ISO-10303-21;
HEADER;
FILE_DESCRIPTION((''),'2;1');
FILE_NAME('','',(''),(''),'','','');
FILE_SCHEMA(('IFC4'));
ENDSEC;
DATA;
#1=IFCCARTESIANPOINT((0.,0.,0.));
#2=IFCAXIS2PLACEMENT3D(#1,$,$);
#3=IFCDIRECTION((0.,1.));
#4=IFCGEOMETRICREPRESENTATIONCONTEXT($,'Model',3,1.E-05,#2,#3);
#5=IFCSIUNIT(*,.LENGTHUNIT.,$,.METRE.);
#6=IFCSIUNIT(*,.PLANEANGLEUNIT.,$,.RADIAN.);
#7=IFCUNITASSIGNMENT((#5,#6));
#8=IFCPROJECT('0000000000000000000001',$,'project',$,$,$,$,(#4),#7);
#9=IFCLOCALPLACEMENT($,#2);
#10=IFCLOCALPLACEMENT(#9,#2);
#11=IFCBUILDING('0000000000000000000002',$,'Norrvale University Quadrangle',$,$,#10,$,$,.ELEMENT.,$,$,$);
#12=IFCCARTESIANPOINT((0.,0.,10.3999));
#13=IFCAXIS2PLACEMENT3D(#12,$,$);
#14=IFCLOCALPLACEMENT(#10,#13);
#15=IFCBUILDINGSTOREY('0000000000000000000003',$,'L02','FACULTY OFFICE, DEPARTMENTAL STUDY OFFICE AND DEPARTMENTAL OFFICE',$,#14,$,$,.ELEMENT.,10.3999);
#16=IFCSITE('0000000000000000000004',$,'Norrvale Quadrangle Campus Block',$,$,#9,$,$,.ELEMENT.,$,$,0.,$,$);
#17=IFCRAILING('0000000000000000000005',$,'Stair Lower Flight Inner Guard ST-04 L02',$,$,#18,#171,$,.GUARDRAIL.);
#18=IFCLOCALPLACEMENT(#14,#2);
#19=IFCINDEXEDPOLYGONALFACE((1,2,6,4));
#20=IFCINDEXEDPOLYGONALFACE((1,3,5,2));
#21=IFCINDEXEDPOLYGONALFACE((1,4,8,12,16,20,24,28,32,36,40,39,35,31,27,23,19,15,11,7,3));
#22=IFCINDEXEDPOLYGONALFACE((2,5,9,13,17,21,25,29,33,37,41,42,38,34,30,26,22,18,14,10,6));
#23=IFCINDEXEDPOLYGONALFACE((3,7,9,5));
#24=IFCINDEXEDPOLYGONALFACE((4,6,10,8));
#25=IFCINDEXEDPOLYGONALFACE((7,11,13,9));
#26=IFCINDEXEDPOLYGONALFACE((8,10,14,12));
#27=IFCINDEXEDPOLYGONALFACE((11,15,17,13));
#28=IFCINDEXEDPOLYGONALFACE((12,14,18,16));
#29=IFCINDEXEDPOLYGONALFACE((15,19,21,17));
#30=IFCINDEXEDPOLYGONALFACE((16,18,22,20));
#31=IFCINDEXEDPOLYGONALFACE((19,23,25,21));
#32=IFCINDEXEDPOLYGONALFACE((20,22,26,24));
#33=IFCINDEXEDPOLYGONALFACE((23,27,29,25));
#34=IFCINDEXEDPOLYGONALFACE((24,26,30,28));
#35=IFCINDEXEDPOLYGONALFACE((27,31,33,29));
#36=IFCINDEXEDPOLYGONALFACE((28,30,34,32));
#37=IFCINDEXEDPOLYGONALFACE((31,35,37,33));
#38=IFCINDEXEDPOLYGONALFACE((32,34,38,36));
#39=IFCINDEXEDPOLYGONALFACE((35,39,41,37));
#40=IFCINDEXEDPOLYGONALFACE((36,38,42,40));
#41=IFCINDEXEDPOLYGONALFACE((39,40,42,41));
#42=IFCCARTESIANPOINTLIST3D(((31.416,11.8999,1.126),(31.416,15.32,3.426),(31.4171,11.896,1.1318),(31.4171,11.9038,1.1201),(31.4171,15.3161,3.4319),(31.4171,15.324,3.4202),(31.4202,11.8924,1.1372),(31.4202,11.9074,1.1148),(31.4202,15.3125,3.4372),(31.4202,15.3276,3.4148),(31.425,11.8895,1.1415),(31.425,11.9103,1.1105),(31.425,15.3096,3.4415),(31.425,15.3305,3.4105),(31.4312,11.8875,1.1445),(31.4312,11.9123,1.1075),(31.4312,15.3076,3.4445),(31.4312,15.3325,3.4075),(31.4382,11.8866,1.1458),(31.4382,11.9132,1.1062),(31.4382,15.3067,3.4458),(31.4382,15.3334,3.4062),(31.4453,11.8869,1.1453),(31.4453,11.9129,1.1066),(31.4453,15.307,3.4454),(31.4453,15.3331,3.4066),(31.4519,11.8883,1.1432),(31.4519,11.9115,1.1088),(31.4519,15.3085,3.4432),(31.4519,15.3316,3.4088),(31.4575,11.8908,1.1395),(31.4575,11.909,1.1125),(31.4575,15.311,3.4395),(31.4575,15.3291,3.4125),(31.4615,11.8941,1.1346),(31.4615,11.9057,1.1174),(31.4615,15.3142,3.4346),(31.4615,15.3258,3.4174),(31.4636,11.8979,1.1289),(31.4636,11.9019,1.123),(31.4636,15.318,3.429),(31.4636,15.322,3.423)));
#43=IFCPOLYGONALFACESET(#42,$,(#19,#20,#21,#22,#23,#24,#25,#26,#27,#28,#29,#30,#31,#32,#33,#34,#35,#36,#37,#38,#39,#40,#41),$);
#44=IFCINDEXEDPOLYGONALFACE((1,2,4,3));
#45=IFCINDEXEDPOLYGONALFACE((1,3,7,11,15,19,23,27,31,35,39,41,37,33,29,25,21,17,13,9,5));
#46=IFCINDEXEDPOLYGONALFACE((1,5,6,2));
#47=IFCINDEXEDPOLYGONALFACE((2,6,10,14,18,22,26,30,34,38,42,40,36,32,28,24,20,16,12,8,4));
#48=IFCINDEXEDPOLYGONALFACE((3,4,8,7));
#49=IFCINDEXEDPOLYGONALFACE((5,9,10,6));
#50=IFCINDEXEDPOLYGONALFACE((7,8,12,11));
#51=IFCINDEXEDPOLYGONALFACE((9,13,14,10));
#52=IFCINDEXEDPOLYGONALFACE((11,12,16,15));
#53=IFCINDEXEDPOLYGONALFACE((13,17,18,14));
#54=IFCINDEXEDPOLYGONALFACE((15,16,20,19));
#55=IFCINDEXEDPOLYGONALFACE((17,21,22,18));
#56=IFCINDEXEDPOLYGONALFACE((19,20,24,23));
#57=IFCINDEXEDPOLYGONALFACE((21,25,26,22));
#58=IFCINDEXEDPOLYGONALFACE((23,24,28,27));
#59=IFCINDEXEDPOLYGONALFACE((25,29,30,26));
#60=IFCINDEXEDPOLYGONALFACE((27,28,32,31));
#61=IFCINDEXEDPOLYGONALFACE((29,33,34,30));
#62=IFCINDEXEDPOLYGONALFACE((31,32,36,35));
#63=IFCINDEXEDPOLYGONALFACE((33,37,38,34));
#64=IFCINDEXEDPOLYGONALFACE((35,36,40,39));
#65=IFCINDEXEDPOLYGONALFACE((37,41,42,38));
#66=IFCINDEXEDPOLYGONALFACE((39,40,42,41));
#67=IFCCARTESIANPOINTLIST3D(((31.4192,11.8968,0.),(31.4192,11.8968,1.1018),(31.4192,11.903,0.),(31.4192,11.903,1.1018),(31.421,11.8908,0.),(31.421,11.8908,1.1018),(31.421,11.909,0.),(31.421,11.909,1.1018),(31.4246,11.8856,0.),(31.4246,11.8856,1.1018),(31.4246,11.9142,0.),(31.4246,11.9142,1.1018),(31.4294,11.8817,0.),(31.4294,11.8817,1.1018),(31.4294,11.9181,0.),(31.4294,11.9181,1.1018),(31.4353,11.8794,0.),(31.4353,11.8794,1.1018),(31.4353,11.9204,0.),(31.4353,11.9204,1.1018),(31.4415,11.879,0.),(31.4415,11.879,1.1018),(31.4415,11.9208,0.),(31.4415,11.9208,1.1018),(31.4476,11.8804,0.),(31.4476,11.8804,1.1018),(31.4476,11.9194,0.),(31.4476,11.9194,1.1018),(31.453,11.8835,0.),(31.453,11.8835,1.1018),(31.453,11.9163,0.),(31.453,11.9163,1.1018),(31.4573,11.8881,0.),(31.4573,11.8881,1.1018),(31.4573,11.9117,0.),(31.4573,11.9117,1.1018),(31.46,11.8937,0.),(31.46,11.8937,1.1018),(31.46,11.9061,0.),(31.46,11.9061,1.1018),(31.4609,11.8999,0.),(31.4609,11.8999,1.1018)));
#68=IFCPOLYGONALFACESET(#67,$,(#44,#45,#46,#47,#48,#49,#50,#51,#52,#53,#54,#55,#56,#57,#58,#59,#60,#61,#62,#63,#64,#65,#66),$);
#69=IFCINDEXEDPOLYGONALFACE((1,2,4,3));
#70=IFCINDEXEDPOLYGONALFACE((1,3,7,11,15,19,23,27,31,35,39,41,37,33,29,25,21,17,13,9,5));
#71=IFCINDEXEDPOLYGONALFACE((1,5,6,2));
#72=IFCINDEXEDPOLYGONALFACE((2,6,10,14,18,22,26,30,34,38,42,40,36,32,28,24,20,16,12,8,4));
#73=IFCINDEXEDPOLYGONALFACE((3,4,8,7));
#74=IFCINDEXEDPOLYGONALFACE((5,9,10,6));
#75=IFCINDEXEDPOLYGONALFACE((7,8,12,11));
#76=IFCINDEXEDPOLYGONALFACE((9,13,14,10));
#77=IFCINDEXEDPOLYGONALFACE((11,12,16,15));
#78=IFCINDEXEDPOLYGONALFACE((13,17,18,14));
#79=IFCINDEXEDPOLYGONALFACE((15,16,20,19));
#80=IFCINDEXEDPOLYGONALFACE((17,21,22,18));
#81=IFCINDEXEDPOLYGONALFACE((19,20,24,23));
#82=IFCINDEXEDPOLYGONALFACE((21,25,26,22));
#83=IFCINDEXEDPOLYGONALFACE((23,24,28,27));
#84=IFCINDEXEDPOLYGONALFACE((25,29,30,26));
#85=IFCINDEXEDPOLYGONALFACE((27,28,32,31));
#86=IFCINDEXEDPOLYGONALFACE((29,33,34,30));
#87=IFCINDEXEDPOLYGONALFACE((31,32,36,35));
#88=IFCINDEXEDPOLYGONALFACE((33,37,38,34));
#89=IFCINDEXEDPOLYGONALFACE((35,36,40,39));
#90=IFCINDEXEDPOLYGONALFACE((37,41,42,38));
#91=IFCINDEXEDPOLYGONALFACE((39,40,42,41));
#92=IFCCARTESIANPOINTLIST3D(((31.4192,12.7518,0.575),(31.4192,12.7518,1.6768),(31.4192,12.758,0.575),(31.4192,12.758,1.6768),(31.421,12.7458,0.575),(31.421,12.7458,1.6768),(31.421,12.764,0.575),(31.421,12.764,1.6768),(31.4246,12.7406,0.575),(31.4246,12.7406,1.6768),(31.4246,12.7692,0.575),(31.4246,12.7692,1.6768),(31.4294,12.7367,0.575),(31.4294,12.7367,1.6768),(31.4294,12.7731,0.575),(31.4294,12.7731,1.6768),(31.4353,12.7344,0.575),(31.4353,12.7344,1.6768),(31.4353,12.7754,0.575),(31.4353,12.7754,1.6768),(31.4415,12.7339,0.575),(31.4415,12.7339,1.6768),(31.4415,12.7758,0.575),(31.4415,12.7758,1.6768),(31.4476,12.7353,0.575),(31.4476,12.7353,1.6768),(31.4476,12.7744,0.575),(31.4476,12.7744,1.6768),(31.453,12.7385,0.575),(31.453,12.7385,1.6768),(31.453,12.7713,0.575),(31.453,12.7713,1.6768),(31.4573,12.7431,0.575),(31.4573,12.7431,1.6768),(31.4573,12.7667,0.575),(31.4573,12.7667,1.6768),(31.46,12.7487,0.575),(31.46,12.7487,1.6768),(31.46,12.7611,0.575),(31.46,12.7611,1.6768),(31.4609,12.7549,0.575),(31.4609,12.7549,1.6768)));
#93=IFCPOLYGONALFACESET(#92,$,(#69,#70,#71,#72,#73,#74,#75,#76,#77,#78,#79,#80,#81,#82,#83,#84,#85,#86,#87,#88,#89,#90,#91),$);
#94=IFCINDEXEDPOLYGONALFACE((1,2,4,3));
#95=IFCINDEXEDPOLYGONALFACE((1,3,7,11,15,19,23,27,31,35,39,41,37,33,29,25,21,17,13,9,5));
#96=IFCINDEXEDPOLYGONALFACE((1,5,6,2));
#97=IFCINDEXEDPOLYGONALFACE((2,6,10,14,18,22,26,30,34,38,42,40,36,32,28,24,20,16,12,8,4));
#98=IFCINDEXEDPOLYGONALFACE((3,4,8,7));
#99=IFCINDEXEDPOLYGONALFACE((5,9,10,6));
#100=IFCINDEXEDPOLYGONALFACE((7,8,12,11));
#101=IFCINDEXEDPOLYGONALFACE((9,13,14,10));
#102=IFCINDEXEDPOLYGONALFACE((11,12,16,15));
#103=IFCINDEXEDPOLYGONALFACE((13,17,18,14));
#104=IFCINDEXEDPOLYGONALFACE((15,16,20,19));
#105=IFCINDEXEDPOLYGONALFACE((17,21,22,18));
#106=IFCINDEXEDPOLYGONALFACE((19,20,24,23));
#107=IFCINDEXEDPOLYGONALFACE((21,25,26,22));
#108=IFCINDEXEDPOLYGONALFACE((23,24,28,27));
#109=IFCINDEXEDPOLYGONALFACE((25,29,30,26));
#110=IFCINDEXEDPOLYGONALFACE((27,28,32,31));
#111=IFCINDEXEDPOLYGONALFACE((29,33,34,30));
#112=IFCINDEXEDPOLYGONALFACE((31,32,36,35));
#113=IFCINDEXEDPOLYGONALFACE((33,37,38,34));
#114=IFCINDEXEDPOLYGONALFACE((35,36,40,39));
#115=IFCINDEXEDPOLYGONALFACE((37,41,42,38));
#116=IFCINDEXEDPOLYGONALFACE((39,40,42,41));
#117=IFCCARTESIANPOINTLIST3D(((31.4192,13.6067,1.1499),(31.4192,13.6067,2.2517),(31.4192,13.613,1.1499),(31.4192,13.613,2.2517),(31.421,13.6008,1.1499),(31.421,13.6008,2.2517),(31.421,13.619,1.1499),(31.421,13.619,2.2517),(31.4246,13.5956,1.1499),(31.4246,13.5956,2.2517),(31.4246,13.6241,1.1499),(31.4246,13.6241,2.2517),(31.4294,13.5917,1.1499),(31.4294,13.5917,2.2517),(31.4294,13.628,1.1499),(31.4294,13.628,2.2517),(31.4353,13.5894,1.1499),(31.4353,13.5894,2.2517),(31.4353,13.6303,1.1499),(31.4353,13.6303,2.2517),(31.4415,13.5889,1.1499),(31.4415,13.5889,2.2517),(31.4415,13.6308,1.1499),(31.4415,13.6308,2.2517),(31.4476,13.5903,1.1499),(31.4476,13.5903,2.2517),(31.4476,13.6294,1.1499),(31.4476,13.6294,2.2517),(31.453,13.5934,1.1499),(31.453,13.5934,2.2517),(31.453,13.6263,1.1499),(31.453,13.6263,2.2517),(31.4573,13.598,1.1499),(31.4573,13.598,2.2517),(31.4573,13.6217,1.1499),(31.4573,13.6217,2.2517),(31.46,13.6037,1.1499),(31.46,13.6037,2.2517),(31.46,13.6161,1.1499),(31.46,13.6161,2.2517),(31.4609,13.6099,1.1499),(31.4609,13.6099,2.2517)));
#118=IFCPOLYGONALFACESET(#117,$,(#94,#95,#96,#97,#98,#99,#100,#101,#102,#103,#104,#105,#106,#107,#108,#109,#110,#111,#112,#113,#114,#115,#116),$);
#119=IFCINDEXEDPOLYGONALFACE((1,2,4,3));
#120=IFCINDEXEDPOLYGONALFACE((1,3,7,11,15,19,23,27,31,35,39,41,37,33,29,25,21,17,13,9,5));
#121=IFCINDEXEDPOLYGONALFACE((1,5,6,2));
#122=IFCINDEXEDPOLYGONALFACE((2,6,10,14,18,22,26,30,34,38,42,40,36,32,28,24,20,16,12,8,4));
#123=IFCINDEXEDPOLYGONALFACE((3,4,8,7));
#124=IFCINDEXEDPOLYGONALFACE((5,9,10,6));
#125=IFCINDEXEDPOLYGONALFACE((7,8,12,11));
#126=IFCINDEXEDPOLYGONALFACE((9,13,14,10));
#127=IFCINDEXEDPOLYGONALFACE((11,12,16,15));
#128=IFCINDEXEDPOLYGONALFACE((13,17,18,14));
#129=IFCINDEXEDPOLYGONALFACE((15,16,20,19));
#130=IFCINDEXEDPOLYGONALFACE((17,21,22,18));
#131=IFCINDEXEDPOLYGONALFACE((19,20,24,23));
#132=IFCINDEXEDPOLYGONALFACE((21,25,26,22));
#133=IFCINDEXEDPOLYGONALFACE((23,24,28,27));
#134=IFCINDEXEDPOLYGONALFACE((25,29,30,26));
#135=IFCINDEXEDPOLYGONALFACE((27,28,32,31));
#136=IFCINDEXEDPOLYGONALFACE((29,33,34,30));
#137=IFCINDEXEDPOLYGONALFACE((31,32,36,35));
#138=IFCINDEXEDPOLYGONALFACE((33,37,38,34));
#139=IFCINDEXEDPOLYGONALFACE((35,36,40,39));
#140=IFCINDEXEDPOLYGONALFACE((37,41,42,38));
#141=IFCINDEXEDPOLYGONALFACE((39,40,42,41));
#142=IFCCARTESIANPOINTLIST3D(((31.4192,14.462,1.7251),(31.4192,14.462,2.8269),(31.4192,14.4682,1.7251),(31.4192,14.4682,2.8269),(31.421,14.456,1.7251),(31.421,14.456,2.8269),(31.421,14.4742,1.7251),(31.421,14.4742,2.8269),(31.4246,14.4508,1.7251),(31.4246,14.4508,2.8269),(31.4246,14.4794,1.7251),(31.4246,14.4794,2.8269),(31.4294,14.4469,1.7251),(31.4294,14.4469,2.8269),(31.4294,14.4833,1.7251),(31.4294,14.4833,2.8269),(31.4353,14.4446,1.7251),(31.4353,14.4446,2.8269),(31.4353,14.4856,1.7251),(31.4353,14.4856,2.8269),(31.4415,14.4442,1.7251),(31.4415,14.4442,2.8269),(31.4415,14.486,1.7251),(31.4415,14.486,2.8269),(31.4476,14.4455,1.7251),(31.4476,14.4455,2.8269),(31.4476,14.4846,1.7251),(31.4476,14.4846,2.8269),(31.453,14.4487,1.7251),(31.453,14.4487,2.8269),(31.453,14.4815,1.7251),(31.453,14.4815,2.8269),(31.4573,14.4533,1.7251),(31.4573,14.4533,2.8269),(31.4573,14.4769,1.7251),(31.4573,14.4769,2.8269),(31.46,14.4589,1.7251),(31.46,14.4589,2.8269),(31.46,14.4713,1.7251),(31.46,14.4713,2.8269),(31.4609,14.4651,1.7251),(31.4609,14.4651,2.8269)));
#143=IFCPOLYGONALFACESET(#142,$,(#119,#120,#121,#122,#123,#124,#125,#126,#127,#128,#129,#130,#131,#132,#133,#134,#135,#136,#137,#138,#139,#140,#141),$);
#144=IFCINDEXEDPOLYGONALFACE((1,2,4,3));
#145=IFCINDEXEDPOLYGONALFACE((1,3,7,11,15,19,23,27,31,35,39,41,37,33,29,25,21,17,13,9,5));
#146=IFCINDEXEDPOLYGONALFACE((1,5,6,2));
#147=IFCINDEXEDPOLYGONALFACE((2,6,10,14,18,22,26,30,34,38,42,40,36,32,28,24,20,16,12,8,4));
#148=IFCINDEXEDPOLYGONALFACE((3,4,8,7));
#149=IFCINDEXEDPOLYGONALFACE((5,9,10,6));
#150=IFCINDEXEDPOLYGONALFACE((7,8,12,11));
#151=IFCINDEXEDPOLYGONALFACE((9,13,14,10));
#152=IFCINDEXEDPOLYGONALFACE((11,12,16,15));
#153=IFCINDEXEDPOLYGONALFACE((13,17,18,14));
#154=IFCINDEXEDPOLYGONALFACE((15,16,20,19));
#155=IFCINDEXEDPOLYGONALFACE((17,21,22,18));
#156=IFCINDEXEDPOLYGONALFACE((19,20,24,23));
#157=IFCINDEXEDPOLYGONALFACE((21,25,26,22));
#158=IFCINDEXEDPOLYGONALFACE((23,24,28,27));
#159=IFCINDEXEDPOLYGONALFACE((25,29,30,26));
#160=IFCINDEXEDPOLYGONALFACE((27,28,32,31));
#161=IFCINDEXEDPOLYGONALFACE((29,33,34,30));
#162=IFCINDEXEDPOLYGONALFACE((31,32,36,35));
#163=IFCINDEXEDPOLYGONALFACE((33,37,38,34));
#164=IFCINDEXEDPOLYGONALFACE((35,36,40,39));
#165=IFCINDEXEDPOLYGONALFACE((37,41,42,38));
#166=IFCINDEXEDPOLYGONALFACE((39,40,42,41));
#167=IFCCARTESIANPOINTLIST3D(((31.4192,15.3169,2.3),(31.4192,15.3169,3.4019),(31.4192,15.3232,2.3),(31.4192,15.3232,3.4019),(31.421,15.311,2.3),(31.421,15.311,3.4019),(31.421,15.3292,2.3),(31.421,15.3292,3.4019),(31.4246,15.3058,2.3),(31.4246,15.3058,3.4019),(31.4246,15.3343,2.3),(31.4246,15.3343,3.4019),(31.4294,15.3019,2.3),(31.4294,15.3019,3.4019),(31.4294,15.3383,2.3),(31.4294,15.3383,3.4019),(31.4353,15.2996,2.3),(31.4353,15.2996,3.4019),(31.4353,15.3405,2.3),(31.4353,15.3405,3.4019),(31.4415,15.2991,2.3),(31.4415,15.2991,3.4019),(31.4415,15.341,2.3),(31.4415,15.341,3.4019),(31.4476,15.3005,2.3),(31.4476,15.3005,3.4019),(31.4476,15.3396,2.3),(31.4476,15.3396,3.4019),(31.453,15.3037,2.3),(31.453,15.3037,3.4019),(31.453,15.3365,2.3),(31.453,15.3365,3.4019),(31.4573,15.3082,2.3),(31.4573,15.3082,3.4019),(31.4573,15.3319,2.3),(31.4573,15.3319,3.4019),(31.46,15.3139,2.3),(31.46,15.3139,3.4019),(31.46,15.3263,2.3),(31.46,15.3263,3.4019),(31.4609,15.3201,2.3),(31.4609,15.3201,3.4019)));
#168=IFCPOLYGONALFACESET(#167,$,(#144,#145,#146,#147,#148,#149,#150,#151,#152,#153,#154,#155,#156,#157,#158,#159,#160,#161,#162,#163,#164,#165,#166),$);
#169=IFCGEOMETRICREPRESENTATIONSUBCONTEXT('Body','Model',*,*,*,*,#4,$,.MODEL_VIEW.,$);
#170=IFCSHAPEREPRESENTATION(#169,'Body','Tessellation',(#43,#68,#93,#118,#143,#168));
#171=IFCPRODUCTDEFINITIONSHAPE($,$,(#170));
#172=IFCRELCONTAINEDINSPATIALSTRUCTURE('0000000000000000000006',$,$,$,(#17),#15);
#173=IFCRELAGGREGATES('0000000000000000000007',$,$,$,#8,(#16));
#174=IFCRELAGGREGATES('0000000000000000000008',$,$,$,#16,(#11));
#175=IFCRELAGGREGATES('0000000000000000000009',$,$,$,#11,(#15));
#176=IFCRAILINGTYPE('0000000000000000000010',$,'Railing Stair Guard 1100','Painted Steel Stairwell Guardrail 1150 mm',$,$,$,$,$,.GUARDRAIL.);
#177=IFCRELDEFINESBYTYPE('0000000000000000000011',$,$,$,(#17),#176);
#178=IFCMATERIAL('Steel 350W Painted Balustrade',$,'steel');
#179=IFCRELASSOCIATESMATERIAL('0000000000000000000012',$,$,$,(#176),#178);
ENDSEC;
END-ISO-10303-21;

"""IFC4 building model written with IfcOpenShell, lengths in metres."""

from ifc_helpers import new_model, si_unit, direction, frame, origin, origin_2d, place, context, subcontext, project, spatial, circle, extrude, material, type_object, element, save


model = new_model("IFC4")

# Units and contexts
model_context = context("Model", 3, precision=1e-05, world=origin(), true_north=direction((0.0, 1.0)))
body_context = subcontext(model_context, "Body", "Model", "MODEL_VIEW")
ifc_project = project(units=[si_unit("LENGTHUNIT", "METRE"), si_unit("PLANEANGLEUNIT", "RADIAN")], contexts=[model_context])

# Site, building, storey
site_placement = place(None, origin())
site = spatial("IfcSite", under=ifc_project, at=site_placement, Name="Norrvale Quadrangle Campus Block", CompositionType="ELEMENT", RefElevation=0.0)
building_placement = place(site_placement, origin())
building = spatial("IfcBuilding", under=site, at=building_placement, Name="Norrvale University Quadrangle", CompositionType="ELEMENT")
storey_placement = place(building_placement, frame((0.0, 0.0, 10.3999)))
storey = spatial("IfcBuildingStorey", under=building, at=storey_placement, Name="L02", Description="FACULTY OFFICE, DEPARTMENTAL STUDY OFFICE AND DEPARTMENTAL OFFICE", CompositionType="ELEMENT", Elevation=10.3999)

# Railing
ifc_material_1 = material(Name="Steel 350W Painted Balustrade", Category="steel")
railing_type_1 = type_object("IfcRailingType", Name="Railing Stair Guard 1100", Description="Painted Steel Stairwell Guardrail 1150 mm", PredefinedType="GUARDRAIL", material=ifc_material_1)
railing_1_placement = place(storey_placement, frame((31.4399, 11.8999, 0.0)))
element("IfcRailing", 1, at=railing_1_placement, inside=storey, type_object=railing_type_1, Name="Stair Lower Flight Inner Guard ST-04 L02", PredefinedType="GUARDRAIL", context=body_context, shape_type="SweptSolid", body=[
    extrude(circle(Radius=0.0239, at=origin_2d()), frame((0.0, 0.0, 1.126), z_axis=(0.0, 0.829811, 0.558045), x_axis=(-1.0, 0.0, 0.0)), (0.0, 0.0, 1.0), 4.1216),
    extrude(circle(Radius=0.021, at=origin_2d()), origin(), (0.0, 0.0, 1.0), 1.1018),
    extrude(circle(Radius=0.021, at=origin_2d()), frame((0.0, 0.855, 0.575)), (0.0, 0.0, 1.0), 1.1018),
    extrude(circle(Radius=0.021, at=origin_2d()), frame((0.0, 1.71, 1.1499)), (0.0, 0.0, 1.0), 1.1018),
    extrude(circle(Radius=0.021, at=origin_2d()), frame((0.0, 2.5652, 1.7251)), (0.0, 0.0, 1.0), 1.1018),
    extrude(circle(Radius=0.021, at=origin_2d()), frame((0.0, 3.4202, 2.3)), (0.0, 0.0, 1.0), 1.1018),
])

save(model, "model.ifc")
